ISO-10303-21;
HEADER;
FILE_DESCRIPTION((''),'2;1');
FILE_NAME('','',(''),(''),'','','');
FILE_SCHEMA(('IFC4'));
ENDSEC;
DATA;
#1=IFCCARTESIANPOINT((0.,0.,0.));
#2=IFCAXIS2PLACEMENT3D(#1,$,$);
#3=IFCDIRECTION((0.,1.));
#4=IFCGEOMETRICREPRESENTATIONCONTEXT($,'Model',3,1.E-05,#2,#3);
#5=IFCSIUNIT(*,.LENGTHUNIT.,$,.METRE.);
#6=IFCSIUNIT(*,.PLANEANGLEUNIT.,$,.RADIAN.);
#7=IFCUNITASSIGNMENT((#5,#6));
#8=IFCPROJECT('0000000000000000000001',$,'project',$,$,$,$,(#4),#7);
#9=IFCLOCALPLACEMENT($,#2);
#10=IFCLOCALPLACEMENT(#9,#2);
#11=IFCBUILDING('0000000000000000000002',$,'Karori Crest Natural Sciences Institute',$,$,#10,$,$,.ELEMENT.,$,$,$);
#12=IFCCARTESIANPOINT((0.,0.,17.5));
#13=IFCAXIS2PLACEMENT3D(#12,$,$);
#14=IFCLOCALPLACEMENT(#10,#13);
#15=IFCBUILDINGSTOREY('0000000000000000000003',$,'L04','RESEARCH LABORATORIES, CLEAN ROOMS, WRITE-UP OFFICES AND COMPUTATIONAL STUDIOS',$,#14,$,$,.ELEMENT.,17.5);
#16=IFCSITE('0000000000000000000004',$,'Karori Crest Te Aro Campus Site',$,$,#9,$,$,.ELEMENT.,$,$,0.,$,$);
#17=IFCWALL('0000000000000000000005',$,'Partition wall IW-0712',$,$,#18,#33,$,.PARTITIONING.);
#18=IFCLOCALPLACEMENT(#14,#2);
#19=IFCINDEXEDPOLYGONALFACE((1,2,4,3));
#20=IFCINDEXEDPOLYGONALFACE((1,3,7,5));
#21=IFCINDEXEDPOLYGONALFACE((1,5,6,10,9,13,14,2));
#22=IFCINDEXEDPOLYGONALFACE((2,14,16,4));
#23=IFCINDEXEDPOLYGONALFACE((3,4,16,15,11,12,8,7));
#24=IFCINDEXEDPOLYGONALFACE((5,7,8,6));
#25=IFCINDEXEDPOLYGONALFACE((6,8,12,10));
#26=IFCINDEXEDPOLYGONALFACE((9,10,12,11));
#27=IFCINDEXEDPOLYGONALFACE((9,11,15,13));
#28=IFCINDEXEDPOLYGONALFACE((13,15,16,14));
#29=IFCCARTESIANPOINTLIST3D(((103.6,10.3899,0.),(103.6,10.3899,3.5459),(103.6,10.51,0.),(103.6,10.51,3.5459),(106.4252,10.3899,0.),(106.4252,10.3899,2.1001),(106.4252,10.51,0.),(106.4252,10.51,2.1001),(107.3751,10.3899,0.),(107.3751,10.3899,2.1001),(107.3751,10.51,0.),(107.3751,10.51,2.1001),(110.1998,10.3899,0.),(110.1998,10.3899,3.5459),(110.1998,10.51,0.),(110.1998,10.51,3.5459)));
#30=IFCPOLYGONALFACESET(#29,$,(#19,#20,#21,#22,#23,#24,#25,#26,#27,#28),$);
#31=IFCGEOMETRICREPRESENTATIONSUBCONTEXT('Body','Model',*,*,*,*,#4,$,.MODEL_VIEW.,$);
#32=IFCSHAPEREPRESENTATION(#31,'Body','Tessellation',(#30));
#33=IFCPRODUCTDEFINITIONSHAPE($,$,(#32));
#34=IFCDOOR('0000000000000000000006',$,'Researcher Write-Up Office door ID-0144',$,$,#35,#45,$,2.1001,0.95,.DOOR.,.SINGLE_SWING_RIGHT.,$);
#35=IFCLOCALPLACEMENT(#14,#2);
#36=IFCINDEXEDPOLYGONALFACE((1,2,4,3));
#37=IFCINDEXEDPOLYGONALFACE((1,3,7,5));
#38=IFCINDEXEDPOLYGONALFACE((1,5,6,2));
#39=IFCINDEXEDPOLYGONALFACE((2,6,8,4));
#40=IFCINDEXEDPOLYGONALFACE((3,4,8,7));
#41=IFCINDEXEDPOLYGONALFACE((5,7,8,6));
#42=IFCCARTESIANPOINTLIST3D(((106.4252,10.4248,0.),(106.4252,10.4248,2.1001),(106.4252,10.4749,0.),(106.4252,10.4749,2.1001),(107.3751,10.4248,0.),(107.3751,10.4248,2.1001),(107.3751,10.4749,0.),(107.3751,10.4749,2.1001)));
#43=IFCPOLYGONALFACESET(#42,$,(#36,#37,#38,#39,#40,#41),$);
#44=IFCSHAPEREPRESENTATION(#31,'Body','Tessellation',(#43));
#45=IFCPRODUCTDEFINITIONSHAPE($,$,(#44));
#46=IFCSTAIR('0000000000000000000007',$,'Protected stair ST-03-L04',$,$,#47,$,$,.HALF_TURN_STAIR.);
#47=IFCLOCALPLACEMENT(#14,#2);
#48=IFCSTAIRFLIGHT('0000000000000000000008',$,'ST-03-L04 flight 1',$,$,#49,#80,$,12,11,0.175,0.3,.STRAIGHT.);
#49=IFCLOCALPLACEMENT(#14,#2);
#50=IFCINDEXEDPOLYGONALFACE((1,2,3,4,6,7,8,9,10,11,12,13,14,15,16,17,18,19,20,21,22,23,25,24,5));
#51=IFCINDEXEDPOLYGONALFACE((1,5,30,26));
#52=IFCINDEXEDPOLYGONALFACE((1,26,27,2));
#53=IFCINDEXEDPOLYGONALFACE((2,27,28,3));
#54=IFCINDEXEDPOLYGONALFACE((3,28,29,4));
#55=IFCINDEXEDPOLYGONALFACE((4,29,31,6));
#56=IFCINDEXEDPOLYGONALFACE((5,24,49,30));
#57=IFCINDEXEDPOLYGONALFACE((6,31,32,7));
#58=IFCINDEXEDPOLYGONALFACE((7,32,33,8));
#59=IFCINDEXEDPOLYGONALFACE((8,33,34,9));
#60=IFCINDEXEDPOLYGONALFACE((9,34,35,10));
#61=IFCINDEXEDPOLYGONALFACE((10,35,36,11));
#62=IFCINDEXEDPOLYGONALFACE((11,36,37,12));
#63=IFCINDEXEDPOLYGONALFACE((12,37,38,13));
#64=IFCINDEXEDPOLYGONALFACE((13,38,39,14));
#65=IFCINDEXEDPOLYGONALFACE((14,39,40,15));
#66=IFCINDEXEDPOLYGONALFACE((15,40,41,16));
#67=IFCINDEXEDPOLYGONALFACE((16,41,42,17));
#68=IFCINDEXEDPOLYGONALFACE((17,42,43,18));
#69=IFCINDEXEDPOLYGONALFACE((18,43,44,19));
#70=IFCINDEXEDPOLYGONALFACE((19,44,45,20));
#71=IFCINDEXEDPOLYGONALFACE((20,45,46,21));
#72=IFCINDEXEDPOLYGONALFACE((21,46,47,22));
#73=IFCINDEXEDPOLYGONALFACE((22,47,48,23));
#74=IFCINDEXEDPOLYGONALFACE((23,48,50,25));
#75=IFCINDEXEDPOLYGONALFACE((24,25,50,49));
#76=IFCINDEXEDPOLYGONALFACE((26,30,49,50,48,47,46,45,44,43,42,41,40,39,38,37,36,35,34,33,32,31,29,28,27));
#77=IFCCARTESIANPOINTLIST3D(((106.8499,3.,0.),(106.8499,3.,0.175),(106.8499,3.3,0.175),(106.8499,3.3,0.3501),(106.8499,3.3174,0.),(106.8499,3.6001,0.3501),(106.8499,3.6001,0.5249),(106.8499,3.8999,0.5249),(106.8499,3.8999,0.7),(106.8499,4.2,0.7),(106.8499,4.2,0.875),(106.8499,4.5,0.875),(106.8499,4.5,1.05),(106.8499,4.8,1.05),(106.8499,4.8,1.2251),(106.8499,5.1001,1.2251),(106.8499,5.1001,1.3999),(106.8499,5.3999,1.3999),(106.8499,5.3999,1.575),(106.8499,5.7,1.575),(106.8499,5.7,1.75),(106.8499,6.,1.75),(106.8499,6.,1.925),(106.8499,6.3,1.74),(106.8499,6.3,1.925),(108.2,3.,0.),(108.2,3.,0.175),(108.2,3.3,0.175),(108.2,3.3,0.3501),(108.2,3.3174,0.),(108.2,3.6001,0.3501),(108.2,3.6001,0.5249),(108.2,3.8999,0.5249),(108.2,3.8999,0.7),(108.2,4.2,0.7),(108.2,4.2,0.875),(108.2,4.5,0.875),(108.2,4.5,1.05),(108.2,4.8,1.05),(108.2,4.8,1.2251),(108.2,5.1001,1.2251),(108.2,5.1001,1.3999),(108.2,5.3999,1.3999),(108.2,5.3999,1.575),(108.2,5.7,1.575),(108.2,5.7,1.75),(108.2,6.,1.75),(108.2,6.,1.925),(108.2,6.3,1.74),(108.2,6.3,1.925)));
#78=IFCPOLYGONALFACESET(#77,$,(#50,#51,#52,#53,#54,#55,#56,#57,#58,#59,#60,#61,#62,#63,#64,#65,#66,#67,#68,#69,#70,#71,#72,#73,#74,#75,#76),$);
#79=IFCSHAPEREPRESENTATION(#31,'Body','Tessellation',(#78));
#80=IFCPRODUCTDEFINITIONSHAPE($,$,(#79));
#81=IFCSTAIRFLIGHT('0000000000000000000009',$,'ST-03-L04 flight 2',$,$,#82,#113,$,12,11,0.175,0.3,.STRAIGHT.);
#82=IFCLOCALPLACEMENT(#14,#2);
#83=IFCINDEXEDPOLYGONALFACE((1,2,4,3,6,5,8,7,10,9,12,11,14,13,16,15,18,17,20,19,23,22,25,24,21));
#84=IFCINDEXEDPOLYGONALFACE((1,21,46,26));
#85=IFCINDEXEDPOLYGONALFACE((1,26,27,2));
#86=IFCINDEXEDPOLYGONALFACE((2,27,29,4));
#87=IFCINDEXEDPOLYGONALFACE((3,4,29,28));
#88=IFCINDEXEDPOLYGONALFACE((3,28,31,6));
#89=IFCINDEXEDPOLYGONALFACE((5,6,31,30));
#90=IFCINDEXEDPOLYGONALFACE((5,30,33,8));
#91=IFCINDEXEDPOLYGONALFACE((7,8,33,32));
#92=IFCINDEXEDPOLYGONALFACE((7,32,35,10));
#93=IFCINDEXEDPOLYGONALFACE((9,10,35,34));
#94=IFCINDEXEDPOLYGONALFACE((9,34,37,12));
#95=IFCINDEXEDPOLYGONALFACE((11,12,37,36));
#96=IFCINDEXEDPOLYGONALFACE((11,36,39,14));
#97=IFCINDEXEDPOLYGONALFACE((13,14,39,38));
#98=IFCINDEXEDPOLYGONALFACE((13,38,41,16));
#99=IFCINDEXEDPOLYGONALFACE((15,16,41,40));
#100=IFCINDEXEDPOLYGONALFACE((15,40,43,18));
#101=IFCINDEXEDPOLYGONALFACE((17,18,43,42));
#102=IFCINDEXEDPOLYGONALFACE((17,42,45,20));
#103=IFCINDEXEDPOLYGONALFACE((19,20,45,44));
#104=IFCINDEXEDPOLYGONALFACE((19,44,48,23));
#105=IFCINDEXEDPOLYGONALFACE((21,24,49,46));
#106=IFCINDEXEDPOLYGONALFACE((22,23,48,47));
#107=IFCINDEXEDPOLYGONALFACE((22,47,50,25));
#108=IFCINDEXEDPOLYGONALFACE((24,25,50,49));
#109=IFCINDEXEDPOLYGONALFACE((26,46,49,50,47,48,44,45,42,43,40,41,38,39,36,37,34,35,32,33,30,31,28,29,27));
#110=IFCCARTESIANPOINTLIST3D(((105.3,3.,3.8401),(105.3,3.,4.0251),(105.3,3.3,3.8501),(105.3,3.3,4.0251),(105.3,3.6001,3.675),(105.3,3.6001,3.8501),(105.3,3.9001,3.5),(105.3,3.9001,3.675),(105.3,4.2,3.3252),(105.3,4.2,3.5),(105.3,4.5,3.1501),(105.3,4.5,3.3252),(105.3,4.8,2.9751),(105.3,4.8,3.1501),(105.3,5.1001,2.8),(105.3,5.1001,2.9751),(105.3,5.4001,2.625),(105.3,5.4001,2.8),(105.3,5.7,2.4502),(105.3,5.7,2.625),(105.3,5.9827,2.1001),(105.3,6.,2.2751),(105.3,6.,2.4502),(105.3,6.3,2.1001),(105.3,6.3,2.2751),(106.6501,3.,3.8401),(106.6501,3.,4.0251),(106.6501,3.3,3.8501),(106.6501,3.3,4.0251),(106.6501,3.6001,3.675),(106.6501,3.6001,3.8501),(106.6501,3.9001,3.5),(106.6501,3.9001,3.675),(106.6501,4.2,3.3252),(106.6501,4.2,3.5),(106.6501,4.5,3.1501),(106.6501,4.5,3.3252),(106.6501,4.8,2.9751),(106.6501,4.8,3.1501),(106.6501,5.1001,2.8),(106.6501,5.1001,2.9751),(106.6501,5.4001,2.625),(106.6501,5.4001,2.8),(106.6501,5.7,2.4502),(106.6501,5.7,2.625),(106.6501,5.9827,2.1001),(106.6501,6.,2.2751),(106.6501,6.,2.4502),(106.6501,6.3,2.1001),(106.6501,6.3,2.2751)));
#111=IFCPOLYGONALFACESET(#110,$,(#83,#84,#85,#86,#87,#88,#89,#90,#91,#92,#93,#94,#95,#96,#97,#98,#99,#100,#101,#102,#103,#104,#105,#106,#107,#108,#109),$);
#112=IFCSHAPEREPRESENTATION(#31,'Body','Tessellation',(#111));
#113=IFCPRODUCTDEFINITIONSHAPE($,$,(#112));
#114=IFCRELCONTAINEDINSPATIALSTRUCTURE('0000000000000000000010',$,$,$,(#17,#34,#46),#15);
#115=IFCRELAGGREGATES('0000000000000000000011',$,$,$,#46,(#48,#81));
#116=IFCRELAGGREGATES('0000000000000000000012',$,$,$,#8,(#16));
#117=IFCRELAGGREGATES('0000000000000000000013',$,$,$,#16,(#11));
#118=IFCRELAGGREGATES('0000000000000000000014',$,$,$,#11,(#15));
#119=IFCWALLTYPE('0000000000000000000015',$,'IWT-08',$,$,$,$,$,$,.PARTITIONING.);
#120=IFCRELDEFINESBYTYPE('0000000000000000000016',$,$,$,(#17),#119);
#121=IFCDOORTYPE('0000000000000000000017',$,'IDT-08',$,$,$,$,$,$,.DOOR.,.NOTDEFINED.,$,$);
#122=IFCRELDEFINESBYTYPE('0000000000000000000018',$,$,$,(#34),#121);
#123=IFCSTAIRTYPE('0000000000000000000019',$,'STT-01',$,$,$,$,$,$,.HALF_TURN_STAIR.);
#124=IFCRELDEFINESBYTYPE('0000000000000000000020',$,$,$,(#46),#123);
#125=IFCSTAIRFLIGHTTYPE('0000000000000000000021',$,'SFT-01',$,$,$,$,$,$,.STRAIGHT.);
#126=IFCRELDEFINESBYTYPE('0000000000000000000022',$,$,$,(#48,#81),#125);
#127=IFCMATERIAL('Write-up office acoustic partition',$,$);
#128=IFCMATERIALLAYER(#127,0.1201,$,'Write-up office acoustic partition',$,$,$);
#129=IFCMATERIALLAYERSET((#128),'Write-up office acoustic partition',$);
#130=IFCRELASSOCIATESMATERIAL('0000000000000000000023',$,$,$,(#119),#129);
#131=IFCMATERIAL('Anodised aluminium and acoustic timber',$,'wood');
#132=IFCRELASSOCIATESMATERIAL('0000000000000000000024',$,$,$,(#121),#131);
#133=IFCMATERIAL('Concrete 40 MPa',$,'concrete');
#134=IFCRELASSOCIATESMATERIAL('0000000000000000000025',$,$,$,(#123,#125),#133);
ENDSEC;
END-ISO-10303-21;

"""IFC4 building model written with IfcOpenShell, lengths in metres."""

from ifc_helpers import new_model, si_unit, direction, frame, frame_2d, origin, place, context, subcontext, project, spatial, polyline, rectangle, outline, extrude, material, layer, layer_set, type_object, element, fill, aggregate, save


model = new_model("IFC4")

# Units and contexts
model_context = context("Model", 3, precision=1e-05, world=origin(), true_north=direction((0.0, 1.0)))
body_context = subcontext(model_context, "Body", "Model", "MODEL_VIEW")
ifc_project = project(units=[si_unit("LENGTHUNIT", "METRE"), si_unit("PLANEANGLEUNIT", "RADIAN")], contexts=[model_context])

# Site, building, storey
site_placement = place(None, origin())
site = spatial("IfcSite", under=ifc_project, at=site_placement, Name="Karori Crest Te Aro Campus Site", CompositionType="ELEMENT", RefElevation=0.0)
building_placement = place(site_placement, origin())
building = spatial("IfcBuilding", under=site, at=building_placement, Name="Karori Crest Natural Sciences Institute", CompositionType="ELEMENT")
storey_placement = place(building_placement, frame((0.0, 0.0, 17.5)))
storey = spatial("IfcBuildingStorey", under=building, at=storey_placement, Name="L04", Description="RESEARCH LABORATORIES, CLEAN ROOMS, WRITE-UP OFFICES AND COMPUTATIONAL STUDIOS", CompositionType="ELEMENT", Elevation=17.5)

# Shared definitions
ifc_material_1 = material(Name="Concrete 40 MPa", Category="concrete")

# Wall, opening, door
ifc_material_2 = material(Name="Write-up office acoustic partition")
ifc_layer_1 = layer(ifc_material_2, 0.1201, Name="Write-up office acoustic partition")
ifc_layer_set_1 = layer_set([ifc_layer_1], Name="Write-up office acoustic partition")
wall_type_1 = type_object("IfcWallType", Name="IWT-08", PredefinedType="PARTITIONING", material=ifc_layer_set_1)
wall_1_placement = place(storey_placement, frame((103.6001, 10.45, 0.0), z_axis=(0.0, 0.0, 1.0), x_axis=(1.0, 0.0, 0.0)))
wall_1 = element("IfcWall", 1, at=wall_1_placement, inside=storey, type_object=wall_type_1, Name="Partition wall IW-0712", PredefinedType="PARTITIONING", context=body_context, shape_type="SweptSolid", body=[
    extrude(rectangle(XDim=6.5999, YDim=0.1201, at=frame_2d((3.2998, 0.0))), origin(), (0.0, 0.0, 1.0), 3.5459),
])
opening_1_placement = place(wall_1_placement, frame((2.825, 0.0, 0.0)))
opening_1 = element("IfcOpeningElement", 2, at=opening_1_placement, cuts=wall_1, PredefinedType="OPENING", context=body_context, shape_type="SweptSolid", body=[
    extrude(rectangle(XDim=0.95, YDim=2.1001, at=frame_2d((0.4751, 1.05))), frame((0.0, 0.0701, 0.0), z_axis=(0.0, -1.0, 0.0), x_axis=(1.0, 0.0, 0.0)), (0.0, 0.0, 1.0), 0.1401),
])
ifc_material_3 = material(Name="Anodised aluminium and acoustic timber", Category="wood")
door_type_1 = type_object("IfcDoorType", Name="IDT-08", OperationType="NOTDEFINED", PredefinedType="DOOR", material=ifc_material_3)
door_1_placement = place(opening_1_placement, origin())
door_1 = element("IfcDoor", 3, at=door_1_placement, inside=storey, type_object=door_type_1, Name="Researcher Write-Up Office door ID-0144", OperationType="SINGLE_SWING_RIGHT", OverallHeight=2.1001, OverallWidth=0.95, PredefinedType="DOOR", context=body_context, shape_type="SweptSolid", body=[
    extrude(rectangle(XDim=0.95, YDim=2.1001, at=frame_2d((0.4751, 1.05))), frame((0.0, 0.0249, 0.0), z_axis=(0.0, -1.0, 0.0), x_axis=(1.0, 0.0, 0.0)), (0.0, 0.0, 1.0), 0.05),
])
fill(opening_1, door_1)

# Stair, stair flights
stair_type = type_object("IfcStairType", Name="STT-01", PredefinedType="HALF_TURN_STAIR", material=ifc_material_1)
stair_placement = place(storey_placement, origin())
stair = element("IfcStair", 4, at=stair_placement, inside=storey, type_object=stair_type, Name="Protected stair ST-03-L04", PredefinedType="HALF_TURN_STAIR")
stair_flight_type = type_object("IfcStairFlightType", Name="SFT-01", PredefinedType="STRAIGHT", material=ifc_material_1)
stair_flight_1_placement = place(storey_placement, frame((107.5249, 3.0, 0.0), z_axis=(0.0, 0.0, 1.0), x_axis=(0.0, 1.0, 0.0)))
stair_flight_1 = element("IfcStairFlight", 5, at=stair_flight_1_placement, type_object=stair_flight_type, Name="ST-03-L04 flight 1", NumberOfRisers=12, NumberOfTreads=11, PredefinedType="STRAIGHT", RiserHeight=0.175, TreadLength=0.3, context=body_context, shape_type="SweptSolid", body=[
    extrude(outline(polyline([(0.0, 0.0), (0.0, 0.175), (0.3, 0.175), (0.3, 0.3501), (0.6001, 0.3501), (0.6001, 0.5249), (0.8999, 0.5249), (0.8999, 0.7), (1.2, 0.7), (1.2, 0.875), (1.5, 0.875), (1.5, 1.05), (1.8, 1.05), (1.8, 1.2251), (2.1001, 1.2251), (2.1001, 1.3999), (2.3999, 1.3999), (2.3999, 1.575), (2.7, 1.575), (2.7, 1.75), (3.0, 1.75), (3.0, 1.925), (3.3, 1.925), (3.3, 2.1001), (3.3, 1.74), (0.3174, 0.0), (0.0, 0.0)])), frame((0.0, 0.675, 0.0), z_axis=(0.0, -1.0, 0.0), x_axis=(1.0, 0.0, 0.0)), (0.0, 0.0, 1.0), 1.3501),
])
stair_flight_2_placement = place(storey_placement, frame((105.9751, 6.3, 2.1001), z_axis=(0.0, 0.0, 1.0), x_axis=(0.0, -1.0, 0.0)))
stair_flight_2 = element("IfcStairFlight", 6, at=stair_flight_2_placement, type_object=stair_flight_type, Name="ST-03-L04 flight 2", NumberOfRisers=12, NumberOfTreads=11, PredefinedType="STRAIGHT", RiserHeight=0.175, TreadLength=0.3, context=body_context, shape_type="SweptSolid", body=[
    extrude(outline(polyline([(0.0, 0.0), (0.0, 0.175), (0.3, 0.175), (0.3, 0.3501), (0.6001, 0.3501), (0.6001, 0.5249), (0.8999, 0.5249), (0.8999, 0.7), (1.2, 0.7), (1.2, 0.875), (1.5, 0.875), (1.5, 1.05), (1.8, 1.05), (1.8, 1.2251), (2.1001, 1.2251), (2.1001, 1.3999), (2.3999, 1.3999), (2.3999, 1.575), (2.7, 1.575), (2.7, 1.75), (3.0, 1.75), (3.0, 1.925), (3.3, 1.925), (3.3, 2.1001), (3.3, 1.74), (0.3174, 0.0), (0.0, 0.0)])), frame((0.0, 0.675, 0.0), z_axis=(0.0, -1.0, 0.0), x_axis=(1.0, 0.0, 0.0)), (0.0, 0.0, 1.0), 1.3501),
])
aggregate(stair, [stair_flight_1, stair_flight_2])

save(model, "model.ifc")
